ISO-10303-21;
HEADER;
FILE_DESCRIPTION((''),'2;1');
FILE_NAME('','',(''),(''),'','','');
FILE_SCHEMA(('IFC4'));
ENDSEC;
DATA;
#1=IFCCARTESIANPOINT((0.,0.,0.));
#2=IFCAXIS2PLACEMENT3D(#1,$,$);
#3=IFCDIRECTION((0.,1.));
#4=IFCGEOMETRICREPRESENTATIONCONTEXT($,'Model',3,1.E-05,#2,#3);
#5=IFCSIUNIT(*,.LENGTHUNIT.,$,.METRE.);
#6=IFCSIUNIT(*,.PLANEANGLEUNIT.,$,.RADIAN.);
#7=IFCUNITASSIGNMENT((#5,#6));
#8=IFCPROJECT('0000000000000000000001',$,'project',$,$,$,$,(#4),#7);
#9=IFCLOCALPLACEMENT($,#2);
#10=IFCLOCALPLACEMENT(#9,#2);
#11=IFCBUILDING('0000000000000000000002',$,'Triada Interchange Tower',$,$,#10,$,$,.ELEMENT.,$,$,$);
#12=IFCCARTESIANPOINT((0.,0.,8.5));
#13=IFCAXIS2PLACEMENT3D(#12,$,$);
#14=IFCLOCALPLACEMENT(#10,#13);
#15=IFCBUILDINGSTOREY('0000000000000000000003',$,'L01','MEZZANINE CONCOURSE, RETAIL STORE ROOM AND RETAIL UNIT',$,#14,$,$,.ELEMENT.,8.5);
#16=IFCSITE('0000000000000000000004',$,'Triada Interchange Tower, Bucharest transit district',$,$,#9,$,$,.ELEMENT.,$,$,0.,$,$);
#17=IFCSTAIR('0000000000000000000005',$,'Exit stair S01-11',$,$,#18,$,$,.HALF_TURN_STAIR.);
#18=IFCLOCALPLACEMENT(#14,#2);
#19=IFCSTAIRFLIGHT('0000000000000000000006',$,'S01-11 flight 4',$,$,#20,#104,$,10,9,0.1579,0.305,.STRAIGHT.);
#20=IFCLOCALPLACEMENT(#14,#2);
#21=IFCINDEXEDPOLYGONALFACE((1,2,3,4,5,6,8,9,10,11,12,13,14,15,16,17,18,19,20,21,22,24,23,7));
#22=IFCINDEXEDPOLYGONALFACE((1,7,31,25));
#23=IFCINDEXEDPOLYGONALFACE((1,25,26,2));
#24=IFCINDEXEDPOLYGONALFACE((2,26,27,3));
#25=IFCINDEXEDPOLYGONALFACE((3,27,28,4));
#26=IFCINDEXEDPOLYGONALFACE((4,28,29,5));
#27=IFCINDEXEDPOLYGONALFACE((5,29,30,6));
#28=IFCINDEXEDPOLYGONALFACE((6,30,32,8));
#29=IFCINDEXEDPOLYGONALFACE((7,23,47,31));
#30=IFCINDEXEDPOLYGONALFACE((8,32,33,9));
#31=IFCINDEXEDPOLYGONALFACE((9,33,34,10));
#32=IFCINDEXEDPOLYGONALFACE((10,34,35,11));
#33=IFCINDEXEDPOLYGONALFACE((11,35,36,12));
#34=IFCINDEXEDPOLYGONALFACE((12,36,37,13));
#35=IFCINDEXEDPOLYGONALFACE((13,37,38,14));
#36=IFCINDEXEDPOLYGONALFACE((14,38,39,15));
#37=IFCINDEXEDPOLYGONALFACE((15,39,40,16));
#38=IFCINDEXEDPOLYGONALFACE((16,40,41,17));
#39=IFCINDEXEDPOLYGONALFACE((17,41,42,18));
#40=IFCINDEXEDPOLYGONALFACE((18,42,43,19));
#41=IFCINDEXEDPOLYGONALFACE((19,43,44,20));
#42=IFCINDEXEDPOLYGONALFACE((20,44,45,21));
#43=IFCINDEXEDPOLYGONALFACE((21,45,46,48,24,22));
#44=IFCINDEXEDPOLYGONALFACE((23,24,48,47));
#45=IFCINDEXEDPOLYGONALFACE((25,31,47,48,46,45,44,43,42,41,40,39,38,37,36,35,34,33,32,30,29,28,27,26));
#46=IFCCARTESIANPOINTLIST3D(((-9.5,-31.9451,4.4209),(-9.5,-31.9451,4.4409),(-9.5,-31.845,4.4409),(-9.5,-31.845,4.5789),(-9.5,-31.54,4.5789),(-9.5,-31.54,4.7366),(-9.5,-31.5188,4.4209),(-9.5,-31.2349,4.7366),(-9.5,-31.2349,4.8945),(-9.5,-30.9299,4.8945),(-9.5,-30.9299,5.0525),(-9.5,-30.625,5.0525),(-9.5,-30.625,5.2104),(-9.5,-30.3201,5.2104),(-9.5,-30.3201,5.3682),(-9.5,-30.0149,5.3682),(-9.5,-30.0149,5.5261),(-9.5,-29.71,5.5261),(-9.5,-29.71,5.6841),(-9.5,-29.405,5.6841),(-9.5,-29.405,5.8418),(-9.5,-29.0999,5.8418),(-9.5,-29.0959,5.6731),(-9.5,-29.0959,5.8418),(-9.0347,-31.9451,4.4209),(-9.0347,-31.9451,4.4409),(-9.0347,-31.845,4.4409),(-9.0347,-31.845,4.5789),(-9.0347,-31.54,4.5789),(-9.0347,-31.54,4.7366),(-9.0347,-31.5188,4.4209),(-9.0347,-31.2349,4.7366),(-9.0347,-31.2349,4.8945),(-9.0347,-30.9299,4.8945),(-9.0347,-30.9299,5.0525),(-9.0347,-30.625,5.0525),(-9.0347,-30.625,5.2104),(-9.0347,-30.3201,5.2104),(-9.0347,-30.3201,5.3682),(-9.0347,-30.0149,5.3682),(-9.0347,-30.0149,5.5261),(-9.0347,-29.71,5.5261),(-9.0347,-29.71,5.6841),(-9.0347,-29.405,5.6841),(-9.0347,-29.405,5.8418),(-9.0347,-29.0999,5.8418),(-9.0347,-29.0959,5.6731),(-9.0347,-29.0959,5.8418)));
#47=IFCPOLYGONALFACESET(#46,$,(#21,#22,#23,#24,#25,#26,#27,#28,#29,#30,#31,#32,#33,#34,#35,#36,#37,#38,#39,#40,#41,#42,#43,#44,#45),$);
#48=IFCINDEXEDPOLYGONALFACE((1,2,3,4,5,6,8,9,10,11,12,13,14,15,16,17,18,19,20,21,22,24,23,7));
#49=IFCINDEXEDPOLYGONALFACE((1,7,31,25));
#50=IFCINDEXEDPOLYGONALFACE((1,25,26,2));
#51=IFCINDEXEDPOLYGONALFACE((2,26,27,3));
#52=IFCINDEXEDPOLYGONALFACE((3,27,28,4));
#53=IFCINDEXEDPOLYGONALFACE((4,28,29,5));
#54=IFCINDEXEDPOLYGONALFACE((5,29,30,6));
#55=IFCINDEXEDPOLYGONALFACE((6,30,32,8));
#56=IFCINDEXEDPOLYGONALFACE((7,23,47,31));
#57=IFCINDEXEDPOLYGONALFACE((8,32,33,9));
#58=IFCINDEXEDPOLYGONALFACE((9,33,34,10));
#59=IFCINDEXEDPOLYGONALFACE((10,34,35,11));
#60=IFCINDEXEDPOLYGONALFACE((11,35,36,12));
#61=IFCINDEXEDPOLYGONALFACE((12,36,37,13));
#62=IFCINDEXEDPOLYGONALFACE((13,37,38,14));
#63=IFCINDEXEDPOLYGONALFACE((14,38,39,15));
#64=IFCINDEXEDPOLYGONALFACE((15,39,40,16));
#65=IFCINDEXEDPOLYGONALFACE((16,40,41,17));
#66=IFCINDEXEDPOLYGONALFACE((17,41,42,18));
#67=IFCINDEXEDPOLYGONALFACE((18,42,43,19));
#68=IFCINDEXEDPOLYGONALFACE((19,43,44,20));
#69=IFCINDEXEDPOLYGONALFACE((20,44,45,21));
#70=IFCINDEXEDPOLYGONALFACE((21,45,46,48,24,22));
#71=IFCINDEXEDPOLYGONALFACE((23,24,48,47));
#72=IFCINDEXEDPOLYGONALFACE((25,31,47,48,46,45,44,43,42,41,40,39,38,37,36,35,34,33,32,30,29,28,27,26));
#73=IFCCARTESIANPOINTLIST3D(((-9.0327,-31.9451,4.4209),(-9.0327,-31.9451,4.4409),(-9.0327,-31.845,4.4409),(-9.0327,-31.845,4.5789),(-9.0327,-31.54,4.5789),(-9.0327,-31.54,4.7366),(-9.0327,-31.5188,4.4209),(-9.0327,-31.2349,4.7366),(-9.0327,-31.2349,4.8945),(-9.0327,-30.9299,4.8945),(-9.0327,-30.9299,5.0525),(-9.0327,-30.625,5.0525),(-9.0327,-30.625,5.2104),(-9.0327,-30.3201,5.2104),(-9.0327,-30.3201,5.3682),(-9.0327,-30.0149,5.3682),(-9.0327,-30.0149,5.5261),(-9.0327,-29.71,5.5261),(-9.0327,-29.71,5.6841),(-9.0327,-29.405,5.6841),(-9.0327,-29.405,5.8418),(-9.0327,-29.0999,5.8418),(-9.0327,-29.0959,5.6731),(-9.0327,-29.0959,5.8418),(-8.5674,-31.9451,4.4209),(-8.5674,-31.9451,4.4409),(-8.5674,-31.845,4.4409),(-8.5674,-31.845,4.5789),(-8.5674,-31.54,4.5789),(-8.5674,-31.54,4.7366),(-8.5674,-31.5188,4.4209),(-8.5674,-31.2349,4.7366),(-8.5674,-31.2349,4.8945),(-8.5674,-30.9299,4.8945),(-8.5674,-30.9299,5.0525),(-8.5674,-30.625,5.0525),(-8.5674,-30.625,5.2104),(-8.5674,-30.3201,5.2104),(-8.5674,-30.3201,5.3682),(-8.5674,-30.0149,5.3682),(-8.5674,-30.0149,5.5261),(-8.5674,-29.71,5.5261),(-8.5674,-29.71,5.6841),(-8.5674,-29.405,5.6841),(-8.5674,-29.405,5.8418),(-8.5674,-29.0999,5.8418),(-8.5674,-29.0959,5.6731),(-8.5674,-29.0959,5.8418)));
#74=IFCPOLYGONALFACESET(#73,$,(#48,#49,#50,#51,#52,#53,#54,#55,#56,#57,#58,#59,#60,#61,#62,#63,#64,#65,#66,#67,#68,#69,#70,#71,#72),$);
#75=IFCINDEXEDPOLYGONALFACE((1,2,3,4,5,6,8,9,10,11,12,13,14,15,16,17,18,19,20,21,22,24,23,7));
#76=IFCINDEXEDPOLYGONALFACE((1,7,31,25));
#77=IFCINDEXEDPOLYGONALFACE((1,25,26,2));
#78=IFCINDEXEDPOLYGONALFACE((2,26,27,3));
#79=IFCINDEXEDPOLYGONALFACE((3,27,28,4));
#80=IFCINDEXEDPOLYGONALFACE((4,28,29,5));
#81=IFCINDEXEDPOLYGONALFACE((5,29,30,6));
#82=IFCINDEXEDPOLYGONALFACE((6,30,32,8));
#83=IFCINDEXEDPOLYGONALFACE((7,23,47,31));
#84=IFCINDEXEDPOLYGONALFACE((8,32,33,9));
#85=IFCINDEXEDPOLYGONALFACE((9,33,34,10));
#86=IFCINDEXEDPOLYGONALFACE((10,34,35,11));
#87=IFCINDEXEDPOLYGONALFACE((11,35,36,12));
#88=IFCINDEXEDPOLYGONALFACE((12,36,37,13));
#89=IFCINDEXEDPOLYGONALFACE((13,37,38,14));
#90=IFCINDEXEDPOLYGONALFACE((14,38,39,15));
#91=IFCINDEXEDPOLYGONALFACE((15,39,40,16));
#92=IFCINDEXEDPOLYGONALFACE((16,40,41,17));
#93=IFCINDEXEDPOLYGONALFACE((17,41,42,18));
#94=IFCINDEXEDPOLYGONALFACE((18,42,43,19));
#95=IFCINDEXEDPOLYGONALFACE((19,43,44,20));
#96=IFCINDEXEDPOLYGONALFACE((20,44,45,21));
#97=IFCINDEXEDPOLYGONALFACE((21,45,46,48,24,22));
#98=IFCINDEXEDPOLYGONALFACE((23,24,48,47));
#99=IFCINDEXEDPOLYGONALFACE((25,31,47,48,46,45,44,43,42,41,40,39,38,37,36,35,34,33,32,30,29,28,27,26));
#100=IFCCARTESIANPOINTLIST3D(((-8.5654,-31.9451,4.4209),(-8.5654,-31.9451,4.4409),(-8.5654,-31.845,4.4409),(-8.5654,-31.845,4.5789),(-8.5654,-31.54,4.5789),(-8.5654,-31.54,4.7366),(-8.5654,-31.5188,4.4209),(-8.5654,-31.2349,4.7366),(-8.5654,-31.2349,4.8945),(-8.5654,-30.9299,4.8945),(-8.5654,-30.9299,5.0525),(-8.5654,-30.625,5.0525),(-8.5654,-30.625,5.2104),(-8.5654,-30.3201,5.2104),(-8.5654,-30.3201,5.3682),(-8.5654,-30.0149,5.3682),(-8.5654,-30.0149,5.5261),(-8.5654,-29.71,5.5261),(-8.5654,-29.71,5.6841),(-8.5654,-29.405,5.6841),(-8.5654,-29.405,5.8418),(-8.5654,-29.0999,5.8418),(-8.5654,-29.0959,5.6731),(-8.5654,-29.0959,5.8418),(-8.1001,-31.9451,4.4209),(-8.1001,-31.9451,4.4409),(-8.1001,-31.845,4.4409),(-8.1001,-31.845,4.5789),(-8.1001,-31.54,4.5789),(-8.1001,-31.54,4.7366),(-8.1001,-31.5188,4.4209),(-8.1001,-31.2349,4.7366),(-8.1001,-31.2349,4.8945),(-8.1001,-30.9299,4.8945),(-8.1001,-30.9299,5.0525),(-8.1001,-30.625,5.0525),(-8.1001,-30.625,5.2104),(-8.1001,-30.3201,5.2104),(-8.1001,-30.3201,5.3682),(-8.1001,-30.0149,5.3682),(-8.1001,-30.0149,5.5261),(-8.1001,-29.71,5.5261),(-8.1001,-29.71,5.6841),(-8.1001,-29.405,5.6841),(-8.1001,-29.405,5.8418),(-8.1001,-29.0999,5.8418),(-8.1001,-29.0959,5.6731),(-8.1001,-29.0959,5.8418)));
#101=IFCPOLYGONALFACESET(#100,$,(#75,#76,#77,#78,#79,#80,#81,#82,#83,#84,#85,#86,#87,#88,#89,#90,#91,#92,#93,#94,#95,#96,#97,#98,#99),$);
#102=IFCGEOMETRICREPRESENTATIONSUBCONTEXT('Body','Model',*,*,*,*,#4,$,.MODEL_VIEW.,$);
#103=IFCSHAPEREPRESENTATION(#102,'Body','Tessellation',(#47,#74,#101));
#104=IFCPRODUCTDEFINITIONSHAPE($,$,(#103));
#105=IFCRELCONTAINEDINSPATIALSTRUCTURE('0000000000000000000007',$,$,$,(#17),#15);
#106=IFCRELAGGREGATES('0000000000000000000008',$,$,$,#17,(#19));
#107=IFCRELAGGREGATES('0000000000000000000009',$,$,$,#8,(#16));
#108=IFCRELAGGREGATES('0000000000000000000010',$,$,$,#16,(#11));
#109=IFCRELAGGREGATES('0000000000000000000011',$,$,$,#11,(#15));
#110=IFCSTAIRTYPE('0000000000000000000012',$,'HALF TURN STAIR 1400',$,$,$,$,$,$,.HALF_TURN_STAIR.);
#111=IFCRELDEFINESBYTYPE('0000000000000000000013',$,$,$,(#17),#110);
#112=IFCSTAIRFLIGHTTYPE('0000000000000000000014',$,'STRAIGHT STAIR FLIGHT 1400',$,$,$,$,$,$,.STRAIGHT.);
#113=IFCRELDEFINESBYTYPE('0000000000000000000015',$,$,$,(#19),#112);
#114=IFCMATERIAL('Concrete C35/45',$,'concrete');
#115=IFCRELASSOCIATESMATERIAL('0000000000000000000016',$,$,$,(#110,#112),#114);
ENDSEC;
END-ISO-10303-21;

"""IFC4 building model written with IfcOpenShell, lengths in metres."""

from ifc_helpers import new_model, si_unit, direction, frame, origin, place, context, subcontext, project, spatial, polyline, outline, extrude, material, type_object, element, aggregate, save


model = new_model("IFC4")

# Units and contexts
model_context = context("Model", 3, precision=1e-05, world=origin(), true_north=direction((0.0, 1.0)))
body_context = subcontext(model_context, "Body", "Model", "MODEL_VIEW")
ifc_project = project(units=[si_unit("LENGTHUNIT", "METRE"), si_unit("PLANEANGLEUNIT", "RADIAN")], contexts=[model_context])

# Site, building, storey
site_placement = place(None, origin())
site = spatial("IfcSite", under=ifc_project, at=site_placement, Name="Triada Interchange Tower, Bucharest transit district", CompositionType="ELEMENT", RefElevation=0.0)
building_placement = place(site_placement, origin())
building = spatial("IfcBuilding", under=site, at=building_placement, Name="Triada Interchange Tower", CompositionType="ELEMENT")
storey_placement = place(building_placement, frame((0.0, 0.0, 8.5)))
storey = spatial("IfcBuildingStorey", under=building, at=storey_placement, Name="L01", Description="MEZZANINE CONCOURSE, RETAIL STORE ROOM AND RETAIL UNIT", CompositionType="ELEMENT", Elevation=8.5)

# Shared definitions
ifc_material_1 = material(Name="Concrete C35/45", Category="concrete")

# Stair, stair flight
stair_type = type_object("IfcStairType", Name="HALF TURN STAIR 1400", PredefinedType="HALF_TURN_STAIR", material=ifc_material_1)
stair_placement = place(storey_placement, origin())
stair = element("IfcStair", 1, at=stair_placement, inside=storey, type_object=stair_type, Name="Exit stair S01-11", PredefinedType="HALF_TURN_STAIR")
stair_flight_type = type_object("IfcStairFlightType", Name="STRAIGHT STAIR FLIGHT 1400", PredefinedType="STRAIGHT", material=ifc_material_1)
stair_flight_1_placement = place(storey_placement, frame((-8.8, -31.845, 4.4209), z_axis=(0.0, 0.0, 1.0), x_axis=(0.0, 1.0, 0.0)))
stair_flight_1 = element("IfcStairFlight", 2, at=stair_flight_1_placement, type_object=stair_flight_type, Name="S01-11 flight 4", NumberOfRisers=10, NumberOfTreads=9, PredefinedType="STRAIGHT", RiserHeight=0.1579, TreadLength=0.305, context=body_context, shape_type="SweptSolid", body=[
    extrude(outline(polyline([(-0.1001, 0.0), (-0.1001, 0.02), (0.0, 0.02), (0.0, 0.158), (0.3049, 0.158), (0.3049, 0.3157), (0.6101, 0.3157), (0.6101, 0.4736), (0.915, 0.4736), (0.915, 0.6316), (1.22, 0.6316), (1.22, 0.7896), (1.5249, 0.7896), (1.5249, 0.9473), (1.8301, 0.9473), (1.8301, 1.1052), (2.135, 1.1052), (2.135, 1.2632), (2.4399, 1.2632), (2.4399, 1.4209), (2.7451, 1.4209), (2.749, 1.4209), (2.749, 1.5789), (2.749, 1.2522), (0.3262, 0.0), (-0.1001, 0.0)])), frame((0.0, 0.7, 0.0), z_axis=(0.0, -1.0, 0.0), x_axis=(1.0, 0.0, 0.0)), (0.0, 0.0, 1.0), 0.4653),
    extrude(outline(polyline([(-0.1001, 0.0), (-0.1001, 0.02), (0.0, 0.02), (0.0, 0.158), (0.3049, 0.158), (0.3049, 0.3157), (0.6101, 0.3157), (0.6101, 0.4736), (0.915, 0.4736), (0.915, 0.6316), (1.22, 0.6316), (1.22, 0.7896), (1.5249, 0.7896), (1.5249, 0.9473), (1.8301, 0.9473), (1.8301, 1.1052), (2.135, 1.1052), (2.135, 1.2632), (2.4399, 1.2632), (2.4399, 1.4209), (2.7451, 1.4209), (2.749, 1.4209), (2.749, 1.5789), (2.749, 1.2522), (0.3262, 0.0), (-0.1001, 0.0)])), frame((0.0, 0.2327, 0.0), z_axis=(0.0, -1.0, 0.0), x_axis=(1.0, 0.0, 0.0)), (0.0, 0.0, 1.0), 0.4653),
    extrude(outline(polyline([(-0.1001, 0.0), (-0.1001, 0.02), (0.0, 0.02), (0.0, 0.158), (0.3049, 0.158), (0.3049, 0.3157), (0.6101, 0.3157), (0.6101, 0.4736), (0.915, 0.4736), (0.915, 0.6316), (1.22, 0.6316), (1.22, 0.7896), (1.5249, 0.7896), (1.5249, 0.9473), (1.8301, 0.9473), (1.8301, 1.1052), (2.135, 1.1052), (2.135, 1.2632), (2.4399, 1.2632), (2.4399, 1.4209), (2.7451, 1.4209), (2.749, 1.4209), (2.749, 1.5789), (2.749, 1.2522), (0.3262, 0.0), (-0.1001, 0.0)])), frame((0.0, -0.2346, 0.0), z_axis=(0.0, -1.0, 0.0), x_axis=(1.0, 0.0, 0.0)), (0.0, 0.0, 1.0), 0.4653),
])
aggregate(stair, [stair_flight_1])

save(model, "model.ifc")
